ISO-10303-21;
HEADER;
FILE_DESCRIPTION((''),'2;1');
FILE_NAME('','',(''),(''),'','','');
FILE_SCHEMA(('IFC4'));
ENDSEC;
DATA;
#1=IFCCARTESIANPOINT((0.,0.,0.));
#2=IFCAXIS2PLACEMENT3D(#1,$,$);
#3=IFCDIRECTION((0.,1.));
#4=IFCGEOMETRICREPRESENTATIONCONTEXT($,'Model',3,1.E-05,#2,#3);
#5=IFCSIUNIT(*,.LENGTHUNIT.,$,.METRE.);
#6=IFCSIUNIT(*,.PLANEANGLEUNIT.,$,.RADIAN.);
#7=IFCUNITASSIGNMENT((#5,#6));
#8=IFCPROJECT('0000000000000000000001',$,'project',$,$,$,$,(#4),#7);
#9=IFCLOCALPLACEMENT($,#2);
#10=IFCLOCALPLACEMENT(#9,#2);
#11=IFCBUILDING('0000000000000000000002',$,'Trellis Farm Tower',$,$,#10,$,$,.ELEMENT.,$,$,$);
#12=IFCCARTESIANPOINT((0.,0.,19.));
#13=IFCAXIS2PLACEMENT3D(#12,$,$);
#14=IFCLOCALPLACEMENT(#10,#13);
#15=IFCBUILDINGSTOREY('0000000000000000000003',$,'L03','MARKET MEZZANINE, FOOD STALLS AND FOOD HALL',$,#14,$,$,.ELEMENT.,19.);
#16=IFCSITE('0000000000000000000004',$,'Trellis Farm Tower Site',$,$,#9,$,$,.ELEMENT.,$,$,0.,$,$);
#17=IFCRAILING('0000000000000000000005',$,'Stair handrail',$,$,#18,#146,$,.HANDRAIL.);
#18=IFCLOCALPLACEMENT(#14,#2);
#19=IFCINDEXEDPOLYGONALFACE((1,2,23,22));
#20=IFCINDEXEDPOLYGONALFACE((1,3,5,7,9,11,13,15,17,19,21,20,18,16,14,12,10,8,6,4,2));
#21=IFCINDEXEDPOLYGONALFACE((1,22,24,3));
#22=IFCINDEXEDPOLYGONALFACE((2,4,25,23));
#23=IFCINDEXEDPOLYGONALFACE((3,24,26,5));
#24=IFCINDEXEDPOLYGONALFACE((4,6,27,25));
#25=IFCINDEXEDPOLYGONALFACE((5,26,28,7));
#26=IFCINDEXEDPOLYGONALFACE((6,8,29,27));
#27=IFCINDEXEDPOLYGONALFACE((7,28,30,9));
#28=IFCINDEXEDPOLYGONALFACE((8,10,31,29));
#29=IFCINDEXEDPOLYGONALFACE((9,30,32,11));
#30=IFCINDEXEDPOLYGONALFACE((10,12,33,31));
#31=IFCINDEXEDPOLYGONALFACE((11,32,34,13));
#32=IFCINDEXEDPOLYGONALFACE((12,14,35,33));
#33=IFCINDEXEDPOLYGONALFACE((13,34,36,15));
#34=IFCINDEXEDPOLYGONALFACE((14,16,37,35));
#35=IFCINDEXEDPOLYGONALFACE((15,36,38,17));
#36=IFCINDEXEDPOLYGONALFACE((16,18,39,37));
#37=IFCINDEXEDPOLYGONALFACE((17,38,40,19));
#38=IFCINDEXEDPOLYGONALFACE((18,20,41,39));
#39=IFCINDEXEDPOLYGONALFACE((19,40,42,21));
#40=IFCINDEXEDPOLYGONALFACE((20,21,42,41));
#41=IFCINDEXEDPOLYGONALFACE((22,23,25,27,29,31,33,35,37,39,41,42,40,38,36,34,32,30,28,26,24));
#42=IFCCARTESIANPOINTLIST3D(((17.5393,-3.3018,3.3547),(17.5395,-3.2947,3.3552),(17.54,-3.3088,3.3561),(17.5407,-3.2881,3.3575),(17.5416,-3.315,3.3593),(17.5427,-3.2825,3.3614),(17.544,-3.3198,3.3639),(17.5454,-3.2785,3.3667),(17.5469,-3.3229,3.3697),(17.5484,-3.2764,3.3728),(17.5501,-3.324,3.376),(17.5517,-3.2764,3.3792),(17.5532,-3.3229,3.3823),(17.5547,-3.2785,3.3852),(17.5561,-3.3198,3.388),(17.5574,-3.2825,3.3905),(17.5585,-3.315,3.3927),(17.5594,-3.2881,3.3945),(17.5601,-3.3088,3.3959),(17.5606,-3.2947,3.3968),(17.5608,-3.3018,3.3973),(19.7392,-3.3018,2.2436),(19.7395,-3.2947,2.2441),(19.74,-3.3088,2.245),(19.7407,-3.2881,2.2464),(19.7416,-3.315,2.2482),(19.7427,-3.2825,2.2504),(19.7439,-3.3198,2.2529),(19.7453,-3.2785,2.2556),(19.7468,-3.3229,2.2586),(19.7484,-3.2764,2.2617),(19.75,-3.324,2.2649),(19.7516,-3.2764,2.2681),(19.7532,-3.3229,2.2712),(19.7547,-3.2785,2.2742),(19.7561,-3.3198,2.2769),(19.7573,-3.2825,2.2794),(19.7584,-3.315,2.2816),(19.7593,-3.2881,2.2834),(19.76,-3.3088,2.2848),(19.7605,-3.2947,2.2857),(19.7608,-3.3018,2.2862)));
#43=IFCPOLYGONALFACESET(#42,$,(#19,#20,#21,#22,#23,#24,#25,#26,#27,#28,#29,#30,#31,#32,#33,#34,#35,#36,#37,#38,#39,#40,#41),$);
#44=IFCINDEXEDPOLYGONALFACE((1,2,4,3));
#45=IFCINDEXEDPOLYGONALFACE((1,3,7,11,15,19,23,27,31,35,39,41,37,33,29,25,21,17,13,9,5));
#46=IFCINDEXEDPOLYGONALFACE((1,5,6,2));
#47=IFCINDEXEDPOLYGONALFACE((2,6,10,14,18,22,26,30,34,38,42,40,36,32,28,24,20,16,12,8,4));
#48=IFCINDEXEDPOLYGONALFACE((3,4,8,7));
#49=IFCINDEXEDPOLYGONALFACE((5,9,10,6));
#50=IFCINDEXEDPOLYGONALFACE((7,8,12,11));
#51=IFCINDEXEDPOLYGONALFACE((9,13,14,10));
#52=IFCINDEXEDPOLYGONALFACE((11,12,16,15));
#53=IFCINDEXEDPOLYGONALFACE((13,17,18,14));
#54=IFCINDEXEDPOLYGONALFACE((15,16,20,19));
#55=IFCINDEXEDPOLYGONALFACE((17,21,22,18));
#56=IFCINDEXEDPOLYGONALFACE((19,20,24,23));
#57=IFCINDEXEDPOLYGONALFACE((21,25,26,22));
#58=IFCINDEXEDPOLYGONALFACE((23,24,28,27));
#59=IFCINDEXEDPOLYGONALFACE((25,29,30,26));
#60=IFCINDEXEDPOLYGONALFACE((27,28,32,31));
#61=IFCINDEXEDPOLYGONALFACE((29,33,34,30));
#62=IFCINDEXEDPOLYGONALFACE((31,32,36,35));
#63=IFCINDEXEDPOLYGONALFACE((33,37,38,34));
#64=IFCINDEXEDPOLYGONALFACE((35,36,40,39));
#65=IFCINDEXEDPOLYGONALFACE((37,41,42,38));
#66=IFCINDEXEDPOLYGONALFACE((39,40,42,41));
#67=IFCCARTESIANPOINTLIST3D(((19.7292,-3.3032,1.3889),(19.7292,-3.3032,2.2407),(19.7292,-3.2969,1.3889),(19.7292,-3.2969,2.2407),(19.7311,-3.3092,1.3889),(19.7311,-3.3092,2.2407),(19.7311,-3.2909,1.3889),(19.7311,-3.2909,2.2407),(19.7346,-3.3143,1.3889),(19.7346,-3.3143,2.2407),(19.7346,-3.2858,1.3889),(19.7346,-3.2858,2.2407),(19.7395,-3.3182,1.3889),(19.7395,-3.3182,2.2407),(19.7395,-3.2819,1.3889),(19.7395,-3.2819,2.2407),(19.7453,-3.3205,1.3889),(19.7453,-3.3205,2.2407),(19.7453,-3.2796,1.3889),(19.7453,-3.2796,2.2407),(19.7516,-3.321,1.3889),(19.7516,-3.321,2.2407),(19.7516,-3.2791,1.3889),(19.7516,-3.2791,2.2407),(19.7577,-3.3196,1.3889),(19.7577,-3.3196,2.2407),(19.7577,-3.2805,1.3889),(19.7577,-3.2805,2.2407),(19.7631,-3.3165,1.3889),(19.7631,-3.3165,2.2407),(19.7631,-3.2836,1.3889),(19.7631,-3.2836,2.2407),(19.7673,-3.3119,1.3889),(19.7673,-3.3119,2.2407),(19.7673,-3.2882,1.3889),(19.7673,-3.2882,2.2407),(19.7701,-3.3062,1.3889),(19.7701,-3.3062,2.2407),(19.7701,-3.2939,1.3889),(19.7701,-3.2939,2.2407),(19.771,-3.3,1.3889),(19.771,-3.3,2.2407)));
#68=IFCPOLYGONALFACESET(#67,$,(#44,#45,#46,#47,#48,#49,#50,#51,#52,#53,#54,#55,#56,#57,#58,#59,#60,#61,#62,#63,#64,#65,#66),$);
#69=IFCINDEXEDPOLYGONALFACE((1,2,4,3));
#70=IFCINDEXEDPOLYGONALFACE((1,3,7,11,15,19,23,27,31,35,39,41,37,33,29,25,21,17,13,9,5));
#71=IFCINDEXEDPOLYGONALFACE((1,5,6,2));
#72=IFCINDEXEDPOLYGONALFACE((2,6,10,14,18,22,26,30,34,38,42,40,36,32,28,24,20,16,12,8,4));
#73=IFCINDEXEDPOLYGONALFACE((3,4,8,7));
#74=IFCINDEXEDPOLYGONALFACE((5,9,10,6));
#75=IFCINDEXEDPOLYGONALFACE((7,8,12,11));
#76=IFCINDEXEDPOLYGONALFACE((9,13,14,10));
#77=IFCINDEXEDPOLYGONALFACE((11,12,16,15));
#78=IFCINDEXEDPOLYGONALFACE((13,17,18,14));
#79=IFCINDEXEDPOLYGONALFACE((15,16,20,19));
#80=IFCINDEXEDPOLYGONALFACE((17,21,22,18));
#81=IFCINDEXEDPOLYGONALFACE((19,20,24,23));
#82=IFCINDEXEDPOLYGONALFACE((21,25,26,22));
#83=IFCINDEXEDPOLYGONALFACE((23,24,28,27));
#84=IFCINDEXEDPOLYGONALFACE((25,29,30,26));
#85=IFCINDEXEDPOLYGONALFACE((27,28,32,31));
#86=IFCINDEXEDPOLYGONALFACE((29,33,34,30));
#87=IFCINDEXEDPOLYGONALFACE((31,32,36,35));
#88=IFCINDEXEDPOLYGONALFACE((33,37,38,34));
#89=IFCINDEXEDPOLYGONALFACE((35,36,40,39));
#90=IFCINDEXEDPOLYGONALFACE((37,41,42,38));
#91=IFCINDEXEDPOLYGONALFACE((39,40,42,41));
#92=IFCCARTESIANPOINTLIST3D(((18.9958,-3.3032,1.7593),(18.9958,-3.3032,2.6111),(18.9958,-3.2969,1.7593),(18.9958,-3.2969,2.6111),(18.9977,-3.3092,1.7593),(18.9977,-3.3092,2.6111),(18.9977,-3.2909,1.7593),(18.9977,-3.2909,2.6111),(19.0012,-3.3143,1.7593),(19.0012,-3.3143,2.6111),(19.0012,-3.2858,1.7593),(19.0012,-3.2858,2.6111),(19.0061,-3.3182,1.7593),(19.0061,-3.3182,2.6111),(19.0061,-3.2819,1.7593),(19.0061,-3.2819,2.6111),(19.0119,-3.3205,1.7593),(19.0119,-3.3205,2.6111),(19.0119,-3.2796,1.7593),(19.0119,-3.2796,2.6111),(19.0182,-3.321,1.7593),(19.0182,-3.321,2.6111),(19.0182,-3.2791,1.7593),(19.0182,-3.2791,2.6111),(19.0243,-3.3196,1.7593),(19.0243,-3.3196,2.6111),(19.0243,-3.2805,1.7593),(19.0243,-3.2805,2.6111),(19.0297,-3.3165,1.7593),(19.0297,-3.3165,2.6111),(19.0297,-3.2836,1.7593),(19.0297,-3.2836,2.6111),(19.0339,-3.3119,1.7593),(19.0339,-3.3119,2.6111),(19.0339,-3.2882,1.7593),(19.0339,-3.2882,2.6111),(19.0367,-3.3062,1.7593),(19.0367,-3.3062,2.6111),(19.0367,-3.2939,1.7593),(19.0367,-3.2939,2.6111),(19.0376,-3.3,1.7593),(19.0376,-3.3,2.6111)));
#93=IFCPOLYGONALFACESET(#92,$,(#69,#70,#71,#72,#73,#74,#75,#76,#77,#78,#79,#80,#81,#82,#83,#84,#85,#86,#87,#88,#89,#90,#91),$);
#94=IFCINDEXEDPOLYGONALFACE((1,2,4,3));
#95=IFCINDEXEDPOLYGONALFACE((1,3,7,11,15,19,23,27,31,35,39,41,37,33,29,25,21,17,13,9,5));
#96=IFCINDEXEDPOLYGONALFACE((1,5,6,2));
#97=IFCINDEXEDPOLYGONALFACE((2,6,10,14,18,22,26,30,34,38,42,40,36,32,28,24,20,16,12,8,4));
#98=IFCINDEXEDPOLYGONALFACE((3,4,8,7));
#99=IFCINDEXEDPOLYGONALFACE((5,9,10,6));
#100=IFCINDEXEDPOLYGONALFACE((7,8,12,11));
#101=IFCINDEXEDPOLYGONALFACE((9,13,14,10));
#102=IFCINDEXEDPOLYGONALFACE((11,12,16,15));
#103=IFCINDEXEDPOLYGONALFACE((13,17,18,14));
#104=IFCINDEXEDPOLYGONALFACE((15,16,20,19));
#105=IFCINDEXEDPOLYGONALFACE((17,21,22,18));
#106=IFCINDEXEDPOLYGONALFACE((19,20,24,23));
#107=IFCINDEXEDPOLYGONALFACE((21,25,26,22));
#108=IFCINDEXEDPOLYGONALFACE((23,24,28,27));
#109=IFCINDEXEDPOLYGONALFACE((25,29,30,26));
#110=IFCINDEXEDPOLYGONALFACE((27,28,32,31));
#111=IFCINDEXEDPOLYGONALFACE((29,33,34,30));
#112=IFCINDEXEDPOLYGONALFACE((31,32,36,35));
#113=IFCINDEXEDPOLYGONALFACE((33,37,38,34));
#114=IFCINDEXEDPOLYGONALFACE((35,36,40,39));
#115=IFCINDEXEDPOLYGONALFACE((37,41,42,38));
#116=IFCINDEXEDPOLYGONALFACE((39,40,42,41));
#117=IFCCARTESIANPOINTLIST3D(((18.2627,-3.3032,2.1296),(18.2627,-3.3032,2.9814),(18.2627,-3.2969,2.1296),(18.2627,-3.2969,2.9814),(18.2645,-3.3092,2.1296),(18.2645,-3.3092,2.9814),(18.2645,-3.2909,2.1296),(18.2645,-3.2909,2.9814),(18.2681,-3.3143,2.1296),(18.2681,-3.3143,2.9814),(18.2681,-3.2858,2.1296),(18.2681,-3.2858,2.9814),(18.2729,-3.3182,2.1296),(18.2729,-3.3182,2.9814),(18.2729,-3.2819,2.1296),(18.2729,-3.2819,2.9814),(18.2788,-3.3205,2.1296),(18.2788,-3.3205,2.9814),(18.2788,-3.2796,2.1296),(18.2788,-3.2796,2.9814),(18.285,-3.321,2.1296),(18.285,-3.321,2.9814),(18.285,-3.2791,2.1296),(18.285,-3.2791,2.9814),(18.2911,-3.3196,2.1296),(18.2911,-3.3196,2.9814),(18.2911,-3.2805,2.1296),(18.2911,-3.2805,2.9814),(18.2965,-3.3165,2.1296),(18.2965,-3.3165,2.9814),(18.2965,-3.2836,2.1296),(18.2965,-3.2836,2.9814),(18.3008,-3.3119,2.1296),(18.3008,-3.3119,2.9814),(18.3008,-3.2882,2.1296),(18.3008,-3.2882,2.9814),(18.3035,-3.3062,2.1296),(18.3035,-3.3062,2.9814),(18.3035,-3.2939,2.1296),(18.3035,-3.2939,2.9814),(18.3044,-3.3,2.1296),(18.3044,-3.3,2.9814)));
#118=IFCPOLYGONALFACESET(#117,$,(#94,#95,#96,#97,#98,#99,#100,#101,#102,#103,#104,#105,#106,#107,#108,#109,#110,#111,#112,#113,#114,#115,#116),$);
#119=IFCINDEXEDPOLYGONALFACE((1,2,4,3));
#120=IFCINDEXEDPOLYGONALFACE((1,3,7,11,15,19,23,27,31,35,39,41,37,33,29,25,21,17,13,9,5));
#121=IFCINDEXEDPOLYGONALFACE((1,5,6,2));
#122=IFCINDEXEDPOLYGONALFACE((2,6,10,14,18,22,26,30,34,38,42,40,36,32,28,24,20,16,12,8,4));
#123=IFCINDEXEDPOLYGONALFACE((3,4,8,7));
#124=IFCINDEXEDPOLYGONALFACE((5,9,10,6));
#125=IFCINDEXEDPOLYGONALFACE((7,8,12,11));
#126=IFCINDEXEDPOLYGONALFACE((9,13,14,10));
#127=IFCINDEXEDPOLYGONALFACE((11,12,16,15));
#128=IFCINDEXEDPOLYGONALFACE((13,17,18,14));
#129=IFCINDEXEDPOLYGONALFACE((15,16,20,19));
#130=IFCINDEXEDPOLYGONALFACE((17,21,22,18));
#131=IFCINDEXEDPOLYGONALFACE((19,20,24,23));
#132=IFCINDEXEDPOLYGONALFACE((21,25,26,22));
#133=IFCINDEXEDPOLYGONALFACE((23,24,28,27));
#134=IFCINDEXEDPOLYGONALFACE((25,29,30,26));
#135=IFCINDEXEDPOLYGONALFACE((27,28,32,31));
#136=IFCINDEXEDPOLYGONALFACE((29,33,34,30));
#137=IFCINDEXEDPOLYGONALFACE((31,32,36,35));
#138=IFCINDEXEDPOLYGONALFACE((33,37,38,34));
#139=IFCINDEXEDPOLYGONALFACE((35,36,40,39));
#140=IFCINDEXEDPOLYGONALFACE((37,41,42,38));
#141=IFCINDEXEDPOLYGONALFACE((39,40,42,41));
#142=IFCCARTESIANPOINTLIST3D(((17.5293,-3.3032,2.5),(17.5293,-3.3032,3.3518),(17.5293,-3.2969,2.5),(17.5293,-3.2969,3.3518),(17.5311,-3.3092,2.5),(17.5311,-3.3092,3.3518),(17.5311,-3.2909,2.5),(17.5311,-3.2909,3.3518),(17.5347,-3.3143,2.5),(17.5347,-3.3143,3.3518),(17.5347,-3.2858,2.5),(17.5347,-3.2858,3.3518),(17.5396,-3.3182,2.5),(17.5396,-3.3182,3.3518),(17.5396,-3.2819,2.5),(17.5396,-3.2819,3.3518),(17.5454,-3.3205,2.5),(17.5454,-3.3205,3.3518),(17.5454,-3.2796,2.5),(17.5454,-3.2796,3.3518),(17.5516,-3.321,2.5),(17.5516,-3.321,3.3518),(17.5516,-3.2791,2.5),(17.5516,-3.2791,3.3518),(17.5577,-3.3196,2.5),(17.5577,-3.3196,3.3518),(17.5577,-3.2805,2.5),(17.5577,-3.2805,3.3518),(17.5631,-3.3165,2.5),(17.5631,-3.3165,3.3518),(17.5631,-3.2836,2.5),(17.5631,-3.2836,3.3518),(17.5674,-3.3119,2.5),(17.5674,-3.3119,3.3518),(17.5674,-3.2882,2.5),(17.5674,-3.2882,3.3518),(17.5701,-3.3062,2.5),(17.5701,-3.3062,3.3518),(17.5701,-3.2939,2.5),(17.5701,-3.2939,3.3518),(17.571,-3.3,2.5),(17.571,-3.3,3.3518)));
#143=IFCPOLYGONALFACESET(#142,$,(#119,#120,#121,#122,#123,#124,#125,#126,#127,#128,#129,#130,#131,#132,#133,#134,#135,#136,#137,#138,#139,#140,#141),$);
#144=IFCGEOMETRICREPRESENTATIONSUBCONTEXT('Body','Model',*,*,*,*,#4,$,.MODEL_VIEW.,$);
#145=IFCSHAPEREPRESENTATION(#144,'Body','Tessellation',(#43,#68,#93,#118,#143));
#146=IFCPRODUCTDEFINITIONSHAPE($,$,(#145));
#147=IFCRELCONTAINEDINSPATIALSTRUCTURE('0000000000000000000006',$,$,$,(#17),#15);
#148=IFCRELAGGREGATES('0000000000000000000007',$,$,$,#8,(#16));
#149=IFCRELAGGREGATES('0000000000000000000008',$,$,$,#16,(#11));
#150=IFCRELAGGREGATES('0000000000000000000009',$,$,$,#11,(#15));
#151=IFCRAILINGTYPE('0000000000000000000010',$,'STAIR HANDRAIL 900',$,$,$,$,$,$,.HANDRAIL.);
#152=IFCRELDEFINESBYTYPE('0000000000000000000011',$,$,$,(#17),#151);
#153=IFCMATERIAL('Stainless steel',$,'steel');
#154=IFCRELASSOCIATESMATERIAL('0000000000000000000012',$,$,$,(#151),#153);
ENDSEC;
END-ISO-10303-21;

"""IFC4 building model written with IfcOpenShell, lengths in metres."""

from ifc_helpers import new_model, si_unit, direction, frame, origin, origin_2d, place, context, subcontext, project, spatial, circle, extrude, source, transform, mapped, material, type_object, element, save


model = new_model("IFC4")

# Units and contexts
model_context = context("Model", 3, precision=1e-05, world=origin(), true_north=direction((0.0, 1.0)))
body_context = subcontext(model_context, "Body", "Model", "MODEL_VIEW")
ifc_project = project(units=[si_unit("LENGTHUNIT", "METRE"), si_unit("PLANEANGLEUNIT", "RADIAN")], contexts=[model_context])

# Site, building, storey
site_placement = place(None, origin())
site = spatial("IfcSite", under=ifc_project, at=site_placement, Name="Trellis Farm Tower Site", CompositionType="ELEMENT", RefElevation=0.0)
building_placement = place(site_placement, origin())
building = spatial("IfcBuilding", under=site, at=building_placement, Name="Trellis Farm Tower", CompositionType="ELEMENT")
storey_placement = place(building_placement, frame((0.0, 0.0, 19.0)))
storey = spatial("IfcBuildingStorey", under=building, at=storey_placement, Name="L03", Description="MARKET MEZZANINE, FOOD STALLS AND FOOD HALL", CompositionType="ELEMENT", Elevation=19.0)

# Railing
ifc_material_1 = material(Name="Stainless steel", Category="steel")
railing_type = type_object("IfcRailingType", Name="STAIR HANDRAIL 900", PredefinedType="HANDRAIL", material=ifc_material_1)
shared_shape_1 = source(origin(), body_context, "Body", "SweptSolid", [
    extrude(circle(Radius=0.0239, at=origin_2d()), frame((0.0, 0.0, 0.876), z_axis=(-0.892617, 0.0, 0.450816), x_axis=(0.0, -1.0, 0.0)), (0.0, 0.0, 1.0), 2.4646),
    extrude(circle(Radius=0.021, at=origin_2d()), origin(), (0.0, 0.0, 1.0), 0.8518),
    extrude(circle(Radius=0.021, at=origin_2d()), frame((-0.7334, 0.0, 0.3704)), (0.0, 0.0, 1.0), 0.8518),
    extrude(circle(Radius=0.021, at=origin_2d()), frame((-1.4666, 0.0, 0.7407)), (0.0, 0.0, 1.0), 0.8518),
    extrude(circle(Radius=0.021, at=origin_2d()), frame((-2.2, 0.0, 1.1111)), (0.0, 0.0, 1.0), 0.8518),
])
for number, where, name in (
    (1, (19.75, -3.3, 1.3889), "Stair handrail"),
):
    element("IfcRailing", number, at=place(storey_placement, frame(where)), inside=storey, type_object=railing_type, Name=name, PredefinedType="HANDRAIL", context=body_context, shape_type="MappedRepresentation", body=[
        mapped(shared_shape_1, transform((0.0, 0.0, 0.0))),
    ])

save(model, "model.ifc")
